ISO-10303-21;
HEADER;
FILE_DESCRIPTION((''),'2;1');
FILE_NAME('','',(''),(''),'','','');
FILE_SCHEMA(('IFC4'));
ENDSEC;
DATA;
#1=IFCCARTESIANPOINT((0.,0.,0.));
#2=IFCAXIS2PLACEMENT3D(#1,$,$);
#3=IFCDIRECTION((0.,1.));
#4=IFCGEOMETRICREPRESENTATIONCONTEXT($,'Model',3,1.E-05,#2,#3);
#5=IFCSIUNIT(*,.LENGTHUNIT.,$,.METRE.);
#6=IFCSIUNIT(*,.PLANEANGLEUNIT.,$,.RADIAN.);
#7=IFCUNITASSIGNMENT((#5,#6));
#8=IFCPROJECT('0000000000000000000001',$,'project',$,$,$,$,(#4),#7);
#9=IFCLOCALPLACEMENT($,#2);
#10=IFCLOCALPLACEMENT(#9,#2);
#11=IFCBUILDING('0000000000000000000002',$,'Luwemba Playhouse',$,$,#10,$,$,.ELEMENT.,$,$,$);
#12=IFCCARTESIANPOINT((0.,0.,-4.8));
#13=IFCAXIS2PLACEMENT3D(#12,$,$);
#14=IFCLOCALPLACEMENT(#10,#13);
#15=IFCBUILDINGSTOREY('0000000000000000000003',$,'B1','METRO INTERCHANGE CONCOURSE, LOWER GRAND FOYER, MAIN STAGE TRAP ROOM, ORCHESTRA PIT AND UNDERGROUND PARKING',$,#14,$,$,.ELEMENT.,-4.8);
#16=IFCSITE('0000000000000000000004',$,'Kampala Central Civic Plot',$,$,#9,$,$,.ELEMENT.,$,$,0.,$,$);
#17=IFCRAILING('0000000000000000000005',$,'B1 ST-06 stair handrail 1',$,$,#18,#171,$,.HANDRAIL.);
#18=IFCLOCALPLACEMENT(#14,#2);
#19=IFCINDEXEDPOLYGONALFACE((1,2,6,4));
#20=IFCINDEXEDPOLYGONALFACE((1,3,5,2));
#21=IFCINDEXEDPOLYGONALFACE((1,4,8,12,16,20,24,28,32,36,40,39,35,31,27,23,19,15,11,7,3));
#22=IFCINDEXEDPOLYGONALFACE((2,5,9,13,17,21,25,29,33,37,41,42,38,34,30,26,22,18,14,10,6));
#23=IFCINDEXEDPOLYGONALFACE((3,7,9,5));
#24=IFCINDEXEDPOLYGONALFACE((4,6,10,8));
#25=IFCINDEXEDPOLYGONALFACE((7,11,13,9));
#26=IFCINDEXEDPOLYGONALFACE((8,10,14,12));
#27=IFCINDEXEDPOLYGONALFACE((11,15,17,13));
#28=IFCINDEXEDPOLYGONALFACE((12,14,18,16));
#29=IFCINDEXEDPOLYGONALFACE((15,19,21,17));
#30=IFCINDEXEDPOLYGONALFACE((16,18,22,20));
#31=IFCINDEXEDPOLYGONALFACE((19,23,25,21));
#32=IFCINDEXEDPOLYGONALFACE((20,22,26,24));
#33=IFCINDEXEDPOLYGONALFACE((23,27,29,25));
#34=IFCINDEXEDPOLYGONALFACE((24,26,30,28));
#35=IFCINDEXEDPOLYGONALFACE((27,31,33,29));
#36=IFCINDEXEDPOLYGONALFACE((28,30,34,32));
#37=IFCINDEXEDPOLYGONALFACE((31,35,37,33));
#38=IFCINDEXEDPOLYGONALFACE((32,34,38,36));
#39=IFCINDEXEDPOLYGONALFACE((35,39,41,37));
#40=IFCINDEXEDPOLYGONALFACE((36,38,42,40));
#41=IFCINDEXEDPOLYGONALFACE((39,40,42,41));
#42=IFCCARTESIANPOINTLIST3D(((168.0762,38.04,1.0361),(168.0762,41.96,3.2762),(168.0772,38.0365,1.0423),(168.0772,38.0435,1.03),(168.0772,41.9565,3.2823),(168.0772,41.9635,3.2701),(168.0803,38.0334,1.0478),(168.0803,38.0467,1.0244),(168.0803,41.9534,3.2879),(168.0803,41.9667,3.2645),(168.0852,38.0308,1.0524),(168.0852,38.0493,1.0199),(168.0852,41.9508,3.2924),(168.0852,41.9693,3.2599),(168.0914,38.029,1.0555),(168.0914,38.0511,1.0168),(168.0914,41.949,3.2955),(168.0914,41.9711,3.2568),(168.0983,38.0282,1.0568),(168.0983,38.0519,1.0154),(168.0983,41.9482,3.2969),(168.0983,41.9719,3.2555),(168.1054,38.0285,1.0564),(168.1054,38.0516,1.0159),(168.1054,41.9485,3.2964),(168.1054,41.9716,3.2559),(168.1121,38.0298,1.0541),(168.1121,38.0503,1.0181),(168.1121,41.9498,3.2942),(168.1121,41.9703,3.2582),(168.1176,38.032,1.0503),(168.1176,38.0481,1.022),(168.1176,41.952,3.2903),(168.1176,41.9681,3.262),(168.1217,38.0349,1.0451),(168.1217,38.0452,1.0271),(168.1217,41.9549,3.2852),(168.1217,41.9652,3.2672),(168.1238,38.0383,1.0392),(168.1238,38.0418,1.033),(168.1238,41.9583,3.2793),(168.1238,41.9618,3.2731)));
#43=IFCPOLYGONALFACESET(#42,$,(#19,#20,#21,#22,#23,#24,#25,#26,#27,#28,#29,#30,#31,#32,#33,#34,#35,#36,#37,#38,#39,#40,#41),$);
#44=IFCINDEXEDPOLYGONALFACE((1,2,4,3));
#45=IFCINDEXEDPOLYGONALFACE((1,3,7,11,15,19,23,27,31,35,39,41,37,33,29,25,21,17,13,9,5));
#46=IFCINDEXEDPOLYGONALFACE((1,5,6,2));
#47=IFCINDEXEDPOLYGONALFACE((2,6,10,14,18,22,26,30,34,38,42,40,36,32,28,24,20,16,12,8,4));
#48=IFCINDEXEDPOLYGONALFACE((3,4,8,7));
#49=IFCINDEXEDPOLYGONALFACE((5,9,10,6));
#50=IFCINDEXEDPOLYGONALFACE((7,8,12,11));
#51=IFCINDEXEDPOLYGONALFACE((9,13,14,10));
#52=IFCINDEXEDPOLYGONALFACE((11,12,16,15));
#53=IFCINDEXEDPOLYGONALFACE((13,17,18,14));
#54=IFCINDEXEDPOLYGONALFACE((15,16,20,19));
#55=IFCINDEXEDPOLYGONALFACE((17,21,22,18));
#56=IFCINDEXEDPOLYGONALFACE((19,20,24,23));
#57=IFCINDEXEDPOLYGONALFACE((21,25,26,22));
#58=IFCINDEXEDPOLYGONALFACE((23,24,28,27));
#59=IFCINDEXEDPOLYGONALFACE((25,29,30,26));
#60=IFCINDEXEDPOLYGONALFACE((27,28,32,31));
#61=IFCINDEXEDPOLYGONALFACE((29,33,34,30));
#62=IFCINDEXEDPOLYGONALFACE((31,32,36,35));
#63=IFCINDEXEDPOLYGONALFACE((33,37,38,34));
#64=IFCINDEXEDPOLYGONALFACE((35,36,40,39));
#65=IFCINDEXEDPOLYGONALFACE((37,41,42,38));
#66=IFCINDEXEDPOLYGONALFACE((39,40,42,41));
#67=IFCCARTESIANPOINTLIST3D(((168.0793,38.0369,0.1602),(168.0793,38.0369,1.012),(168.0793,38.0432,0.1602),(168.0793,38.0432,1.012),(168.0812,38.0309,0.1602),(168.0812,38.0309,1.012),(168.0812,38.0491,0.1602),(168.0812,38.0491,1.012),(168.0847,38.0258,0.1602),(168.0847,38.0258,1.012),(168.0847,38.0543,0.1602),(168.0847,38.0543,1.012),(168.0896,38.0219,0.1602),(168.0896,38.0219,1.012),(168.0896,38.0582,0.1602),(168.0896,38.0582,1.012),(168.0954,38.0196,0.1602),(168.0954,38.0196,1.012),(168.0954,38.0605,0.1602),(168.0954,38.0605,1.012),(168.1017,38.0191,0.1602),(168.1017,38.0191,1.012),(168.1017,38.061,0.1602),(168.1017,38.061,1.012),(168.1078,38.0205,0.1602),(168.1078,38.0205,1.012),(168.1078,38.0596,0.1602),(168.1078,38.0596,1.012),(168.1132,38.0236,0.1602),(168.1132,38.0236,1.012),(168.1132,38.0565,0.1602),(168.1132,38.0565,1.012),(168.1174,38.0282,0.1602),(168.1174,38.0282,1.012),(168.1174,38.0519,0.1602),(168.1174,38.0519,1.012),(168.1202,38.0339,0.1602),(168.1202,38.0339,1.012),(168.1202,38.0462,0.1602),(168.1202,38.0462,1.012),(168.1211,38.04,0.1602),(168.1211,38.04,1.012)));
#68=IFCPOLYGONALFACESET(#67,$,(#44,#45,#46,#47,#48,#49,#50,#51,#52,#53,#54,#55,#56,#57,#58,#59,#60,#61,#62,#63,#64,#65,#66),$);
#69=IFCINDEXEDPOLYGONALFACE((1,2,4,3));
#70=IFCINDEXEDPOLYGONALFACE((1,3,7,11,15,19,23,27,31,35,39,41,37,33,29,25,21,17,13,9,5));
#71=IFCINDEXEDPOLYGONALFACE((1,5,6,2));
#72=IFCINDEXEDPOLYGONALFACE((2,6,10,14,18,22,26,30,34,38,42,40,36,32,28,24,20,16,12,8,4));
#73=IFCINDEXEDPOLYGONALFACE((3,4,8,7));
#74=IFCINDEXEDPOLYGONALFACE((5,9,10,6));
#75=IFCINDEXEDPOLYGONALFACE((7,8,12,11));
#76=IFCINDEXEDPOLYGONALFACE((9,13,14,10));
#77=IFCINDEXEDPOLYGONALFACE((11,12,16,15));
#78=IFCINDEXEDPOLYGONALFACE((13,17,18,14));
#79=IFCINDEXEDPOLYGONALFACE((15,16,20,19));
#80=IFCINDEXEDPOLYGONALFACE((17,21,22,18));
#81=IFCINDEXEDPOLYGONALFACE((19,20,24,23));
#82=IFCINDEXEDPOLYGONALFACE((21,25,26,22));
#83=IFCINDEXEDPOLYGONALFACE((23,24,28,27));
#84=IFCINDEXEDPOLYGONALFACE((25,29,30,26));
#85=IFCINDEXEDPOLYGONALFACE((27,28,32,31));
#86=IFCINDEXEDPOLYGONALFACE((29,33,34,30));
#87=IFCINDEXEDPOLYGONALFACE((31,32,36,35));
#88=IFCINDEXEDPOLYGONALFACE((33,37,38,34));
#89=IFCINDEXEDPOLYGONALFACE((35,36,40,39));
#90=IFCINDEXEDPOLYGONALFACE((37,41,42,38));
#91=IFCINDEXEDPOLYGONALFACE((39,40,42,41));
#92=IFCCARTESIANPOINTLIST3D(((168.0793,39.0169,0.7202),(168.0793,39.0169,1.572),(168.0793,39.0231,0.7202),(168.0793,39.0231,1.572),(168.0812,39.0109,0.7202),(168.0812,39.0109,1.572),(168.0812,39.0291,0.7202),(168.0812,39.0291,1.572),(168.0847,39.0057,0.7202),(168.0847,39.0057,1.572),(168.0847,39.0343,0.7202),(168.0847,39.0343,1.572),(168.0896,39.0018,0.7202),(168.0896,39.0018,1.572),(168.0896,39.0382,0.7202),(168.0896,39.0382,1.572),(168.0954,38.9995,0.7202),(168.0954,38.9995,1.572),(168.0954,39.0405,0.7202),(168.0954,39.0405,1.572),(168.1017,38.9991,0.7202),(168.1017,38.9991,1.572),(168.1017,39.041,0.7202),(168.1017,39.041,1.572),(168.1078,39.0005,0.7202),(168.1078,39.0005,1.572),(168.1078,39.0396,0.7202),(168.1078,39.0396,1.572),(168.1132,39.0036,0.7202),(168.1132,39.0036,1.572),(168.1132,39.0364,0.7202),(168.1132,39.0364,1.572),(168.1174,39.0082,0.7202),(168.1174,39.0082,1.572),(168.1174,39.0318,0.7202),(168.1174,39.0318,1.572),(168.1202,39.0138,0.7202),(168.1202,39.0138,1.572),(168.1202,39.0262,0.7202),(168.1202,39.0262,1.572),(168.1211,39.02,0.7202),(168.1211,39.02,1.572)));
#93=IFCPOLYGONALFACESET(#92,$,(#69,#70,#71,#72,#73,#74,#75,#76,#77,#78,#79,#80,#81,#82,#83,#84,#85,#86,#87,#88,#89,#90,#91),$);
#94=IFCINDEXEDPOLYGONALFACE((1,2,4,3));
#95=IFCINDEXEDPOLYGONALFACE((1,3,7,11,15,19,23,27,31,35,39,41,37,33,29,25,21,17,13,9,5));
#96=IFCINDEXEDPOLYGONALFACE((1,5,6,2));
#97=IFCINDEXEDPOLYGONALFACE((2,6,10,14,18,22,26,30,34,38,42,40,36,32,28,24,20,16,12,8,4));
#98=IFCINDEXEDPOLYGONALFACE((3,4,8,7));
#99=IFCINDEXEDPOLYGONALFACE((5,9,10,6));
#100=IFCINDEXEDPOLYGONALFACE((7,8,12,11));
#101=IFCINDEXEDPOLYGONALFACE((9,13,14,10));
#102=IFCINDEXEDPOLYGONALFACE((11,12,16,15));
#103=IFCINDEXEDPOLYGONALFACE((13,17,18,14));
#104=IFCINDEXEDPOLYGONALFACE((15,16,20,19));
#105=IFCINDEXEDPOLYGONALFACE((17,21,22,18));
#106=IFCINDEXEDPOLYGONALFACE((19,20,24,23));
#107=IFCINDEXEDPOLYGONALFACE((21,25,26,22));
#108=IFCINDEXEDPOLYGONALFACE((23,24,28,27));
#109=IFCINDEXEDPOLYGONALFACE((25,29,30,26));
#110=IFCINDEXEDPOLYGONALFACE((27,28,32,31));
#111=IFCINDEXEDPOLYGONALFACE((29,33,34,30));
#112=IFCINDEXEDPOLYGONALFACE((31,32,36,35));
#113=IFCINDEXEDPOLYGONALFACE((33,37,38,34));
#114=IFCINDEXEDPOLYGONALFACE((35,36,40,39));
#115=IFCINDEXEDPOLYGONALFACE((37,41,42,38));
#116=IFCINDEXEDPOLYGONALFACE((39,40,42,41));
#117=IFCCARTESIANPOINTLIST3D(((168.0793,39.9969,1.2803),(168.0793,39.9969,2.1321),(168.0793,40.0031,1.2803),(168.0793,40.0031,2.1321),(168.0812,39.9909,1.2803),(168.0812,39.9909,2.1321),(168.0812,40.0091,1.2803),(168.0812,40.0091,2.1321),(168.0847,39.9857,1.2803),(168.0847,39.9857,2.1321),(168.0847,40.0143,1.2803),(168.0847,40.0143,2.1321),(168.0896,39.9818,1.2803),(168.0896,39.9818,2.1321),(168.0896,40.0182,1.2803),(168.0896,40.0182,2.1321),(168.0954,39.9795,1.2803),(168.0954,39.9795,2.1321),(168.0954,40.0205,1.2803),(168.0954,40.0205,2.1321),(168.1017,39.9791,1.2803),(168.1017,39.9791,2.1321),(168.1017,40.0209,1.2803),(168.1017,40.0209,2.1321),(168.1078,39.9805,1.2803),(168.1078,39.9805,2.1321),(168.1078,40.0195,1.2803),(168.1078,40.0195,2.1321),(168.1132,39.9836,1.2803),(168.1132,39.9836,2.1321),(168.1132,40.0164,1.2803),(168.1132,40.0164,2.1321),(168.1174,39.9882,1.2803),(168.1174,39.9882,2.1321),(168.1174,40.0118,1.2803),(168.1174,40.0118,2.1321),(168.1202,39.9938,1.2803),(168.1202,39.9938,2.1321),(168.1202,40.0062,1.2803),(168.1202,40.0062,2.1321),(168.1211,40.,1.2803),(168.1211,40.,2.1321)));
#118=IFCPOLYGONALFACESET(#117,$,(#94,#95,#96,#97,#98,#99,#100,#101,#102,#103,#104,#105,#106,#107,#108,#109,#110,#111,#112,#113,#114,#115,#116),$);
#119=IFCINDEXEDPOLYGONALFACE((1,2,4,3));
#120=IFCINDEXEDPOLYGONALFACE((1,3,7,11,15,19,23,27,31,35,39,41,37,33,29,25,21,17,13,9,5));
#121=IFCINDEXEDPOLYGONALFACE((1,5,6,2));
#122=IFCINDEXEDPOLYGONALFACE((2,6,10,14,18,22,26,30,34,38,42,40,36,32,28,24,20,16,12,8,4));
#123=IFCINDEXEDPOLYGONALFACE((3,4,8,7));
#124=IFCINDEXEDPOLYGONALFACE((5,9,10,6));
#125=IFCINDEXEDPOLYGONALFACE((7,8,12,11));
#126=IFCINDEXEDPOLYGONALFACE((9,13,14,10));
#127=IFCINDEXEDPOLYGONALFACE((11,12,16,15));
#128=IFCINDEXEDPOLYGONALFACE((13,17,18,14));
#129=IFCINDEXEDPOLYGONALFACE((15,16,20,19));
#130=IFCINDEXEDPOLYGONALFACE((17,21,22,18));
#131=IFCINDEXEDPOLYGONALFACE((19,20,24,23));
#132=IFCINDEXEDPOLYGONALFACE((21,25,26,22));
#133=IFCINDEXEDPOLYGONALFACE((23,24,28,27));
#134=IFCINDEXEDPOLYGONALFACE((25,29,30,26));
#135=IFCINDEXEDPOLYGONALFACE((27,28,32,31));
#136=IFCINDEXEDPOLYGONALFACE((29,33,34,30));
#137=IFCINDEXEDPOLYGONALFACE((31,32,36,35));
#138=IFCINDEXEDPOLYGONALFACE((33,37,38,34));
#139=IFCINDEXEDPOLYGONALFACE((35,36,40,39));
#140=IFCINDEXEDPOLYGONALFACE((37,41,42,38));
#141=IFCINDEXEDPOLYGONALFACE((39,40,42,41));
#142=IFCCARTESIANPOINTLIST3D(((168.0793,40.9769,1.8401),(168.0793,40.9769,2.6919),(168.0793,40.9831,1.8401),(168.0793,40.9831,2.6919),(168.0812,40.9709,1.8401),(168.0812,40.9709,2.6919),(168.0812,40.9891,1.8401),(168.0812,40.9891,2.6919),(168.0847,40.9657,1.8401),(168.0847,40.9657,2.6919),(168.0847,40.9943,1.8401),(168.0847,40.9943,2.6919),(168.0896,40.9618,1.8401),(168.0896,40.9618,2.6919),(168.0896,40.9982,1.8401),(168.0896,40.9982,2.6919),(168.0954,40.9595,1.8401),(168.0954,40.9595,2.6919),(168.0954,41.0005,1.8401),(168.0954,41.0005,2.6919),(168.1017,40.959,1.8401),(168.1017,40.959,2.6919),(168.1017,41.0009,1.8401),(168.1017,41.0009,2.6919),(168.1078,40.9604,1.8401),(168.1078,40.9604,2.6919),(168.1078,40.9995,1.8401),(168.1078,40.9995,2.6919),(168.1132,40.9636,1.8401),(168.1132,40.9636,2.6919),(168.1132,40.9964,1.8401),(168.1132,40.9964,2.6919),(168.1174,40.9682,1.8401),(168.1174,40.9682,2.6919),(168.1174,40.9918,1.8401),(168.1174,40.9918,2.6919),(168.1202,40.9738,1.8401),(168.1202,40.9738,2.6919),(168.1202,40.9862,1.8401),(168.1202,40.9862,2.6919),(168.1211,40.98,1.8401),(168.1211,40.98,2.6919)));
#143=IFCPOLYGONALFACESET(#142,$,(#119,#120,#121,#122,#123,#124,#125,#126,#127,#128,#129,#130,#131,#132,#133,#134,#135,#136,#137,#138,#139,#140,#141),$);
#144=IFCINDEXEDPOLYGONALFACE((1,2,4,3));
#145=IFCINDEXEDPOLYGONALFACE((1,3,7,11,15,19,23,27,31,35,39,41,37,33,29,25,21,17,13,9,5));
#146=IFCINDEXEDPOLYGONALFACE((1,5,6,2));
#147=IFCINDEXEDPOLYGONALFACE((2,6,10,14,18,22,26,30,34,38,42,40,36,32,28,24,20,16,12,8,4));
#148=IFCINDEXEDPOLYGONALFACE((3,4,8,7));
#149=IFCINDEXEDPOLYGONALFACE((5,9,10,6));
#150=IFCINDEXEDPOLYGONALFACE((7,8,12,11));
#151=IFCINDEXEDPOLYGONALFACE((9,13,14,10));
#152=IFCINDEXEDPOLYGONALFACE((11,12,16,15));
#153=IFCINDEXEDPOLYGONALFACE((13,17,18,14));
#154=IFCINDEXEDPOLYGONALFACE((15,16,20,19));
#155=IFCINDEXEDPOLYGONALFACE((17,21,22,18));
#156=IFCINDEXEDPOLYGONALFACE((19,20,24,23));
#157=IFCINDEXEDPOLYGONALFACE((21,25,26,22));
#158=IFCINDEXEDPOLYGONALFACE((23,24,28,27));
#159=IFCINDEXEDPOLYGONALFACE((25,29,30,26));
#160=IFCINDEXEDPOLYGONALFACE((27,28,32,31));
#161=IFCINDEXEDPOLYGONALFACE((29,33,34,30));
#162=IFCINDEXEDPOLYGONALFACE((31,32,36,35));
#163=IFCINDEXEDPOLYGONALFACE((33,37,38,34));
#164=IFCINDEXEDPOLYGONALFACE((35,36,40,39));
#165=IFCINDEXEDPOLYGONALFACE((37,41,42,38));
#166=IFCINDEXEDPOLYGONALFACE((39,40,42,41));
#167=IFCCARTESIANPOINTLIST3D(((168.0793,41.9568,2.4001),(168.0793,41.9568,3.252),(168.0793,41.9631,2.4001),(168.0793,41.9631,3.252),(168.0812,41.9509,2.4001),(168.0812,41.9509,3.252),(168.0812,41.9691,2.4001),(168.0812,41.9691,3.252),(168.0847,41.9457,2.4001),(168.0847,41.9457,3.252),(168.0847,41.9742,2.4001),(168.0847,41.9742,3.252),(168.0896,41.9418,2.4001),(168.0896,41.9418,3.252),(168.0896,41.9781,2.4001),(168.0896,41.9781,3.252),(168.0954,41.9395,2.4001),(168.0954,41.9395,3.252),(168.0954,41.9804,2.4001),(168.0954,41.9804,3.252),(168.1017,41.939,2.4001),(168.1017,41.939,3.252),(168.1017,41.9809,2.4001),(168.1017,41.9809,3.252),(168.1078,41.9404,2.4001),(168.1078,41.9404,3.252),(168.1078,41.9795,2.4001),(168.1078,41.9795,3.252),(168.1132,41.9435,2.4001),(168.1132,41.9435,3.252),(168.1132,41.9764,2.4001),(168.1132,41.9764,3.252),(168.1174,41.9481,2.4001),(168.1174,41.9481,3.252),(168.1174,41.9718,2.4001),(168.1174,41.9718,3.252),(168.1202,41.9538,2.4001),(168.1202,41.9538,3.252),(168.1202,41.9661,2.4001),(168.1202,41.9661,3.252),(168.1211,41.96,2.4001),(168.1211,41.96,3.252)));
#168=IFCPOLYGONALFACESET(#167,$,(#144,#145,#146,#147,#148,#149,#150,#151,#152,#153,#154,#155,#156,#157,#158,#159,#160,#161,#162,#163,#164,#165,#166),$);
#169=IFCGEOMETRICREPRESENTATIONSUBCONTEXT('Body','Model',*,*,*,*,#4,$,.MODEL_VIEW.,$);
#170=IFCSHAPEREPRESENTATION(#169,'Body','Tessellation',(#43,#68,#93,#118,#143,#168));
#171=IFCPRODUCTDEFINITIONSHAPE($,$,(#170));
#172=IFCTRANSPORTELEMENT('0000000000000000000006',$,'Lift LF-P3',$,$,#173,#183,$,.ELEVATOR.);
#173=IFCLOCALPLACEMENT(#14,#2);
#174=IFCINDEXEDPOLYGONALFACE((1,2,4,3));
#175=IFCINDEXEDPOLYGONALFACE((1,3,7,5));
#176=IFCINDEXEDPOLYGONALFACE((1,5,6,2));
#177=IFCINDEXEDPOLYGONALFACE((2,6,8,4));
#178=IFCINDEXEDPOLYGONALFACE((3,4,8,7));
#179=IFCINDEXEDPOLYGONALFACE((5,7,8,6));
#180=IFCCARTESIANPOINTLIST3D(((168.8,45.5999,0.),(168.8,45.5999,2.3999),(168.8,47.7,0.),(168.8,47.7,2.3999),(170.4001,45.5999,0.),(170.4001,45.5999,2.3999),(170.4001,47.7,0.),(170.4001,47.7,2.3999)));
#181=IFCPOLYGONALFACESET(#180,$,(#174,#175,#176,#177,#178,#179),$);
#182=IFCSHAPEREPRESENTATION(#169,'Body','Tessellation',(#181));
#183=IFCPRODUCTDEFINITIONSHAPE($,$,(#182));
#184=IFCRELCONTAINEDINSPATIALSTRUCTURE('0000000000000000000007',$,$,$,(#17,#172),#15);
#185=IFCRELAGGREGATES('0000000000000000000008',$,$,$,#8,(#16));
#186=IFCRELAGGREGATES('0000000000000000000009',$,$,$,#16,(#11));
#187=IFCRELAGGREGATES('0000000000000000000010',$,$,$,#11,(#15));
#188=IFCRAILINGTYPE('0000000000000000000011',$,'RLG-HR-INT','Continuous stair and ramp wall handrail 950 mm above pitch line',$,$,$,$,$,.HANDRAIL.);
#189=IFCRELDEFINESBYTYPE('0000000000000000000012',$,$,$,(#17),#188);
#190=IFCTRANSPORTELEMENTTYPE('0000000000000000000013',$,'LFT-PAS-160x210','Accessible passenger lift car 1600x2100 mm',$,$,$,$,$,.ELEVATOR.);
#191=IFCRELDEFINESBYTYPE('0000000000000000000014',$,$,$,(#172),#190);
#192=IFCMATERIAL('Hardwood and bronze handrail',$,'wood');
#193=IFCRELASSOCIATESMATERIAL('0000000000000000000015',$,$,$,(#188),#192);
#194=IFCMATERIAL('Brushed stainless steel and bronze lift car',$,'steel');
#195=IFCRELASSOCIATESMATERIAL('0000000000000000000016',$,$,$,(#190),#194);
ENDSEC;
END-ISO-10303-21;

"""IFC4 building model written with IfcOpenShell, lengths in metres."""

from ifc_helpers import new_model, si_unit, direction, frame, origin, origin_2d, place, context, subcontext, project, spatial, rectangle, circle, extrude, material, type_object, element, save


model = new_model("IFC4")

# Units and contexts
model_context = context("Model", 3, precision=1e-05, world=origin(), true_north=direction((0.0, 1.0)))
body_context = subcontext(model_context, "Body", "Model", "MODEL_VIEW")
ifc_project = project(units=[si_unit("LENGTHUNIT", "METRE"), si_unit("PLANEANGLEUNIT", "RADIAN")], contexts=[model_context])

# Site, building, storey
site_placement = place(None, origin())
site = spatial("IfcSite", under=ifc_project, at=site_placement, Name="Kampala Central Civic Plot", CompositionType="ELEMENT", RefElevation=0.0)
building_placement = place(site_placement, origin())
building = spatial("IfcBuilding", under=site, at=building_placement, Name="Luwemba Playhouse", CompositionType="ELEMENT")
storey_placement = place(building_placement, frame((0.0, 0.0, -4.8)))
storey = spatial("IfcBuildingStorey", under=building, at=storey_placement, Name="B1", Description="METRO INTERCHANGE CONCOURSE, LOWER GRAND FOYER, MAIN STAGE TRAP ROOM, ORCHESTRA PIT AND UNDERGROUND PARKING", CompositionType="ELEMENT", Elevation=-4.8)

# Railing
ifc_material_1 = material(Name="Hardwood and bronze handrail", Category="wood")
railing_type_1 = type_object("IfcRailingType", Name="RLG-HR-INT", Description="Continuous stair and ramp wall handrail 950 mm above pitch line", PredefinedType="HANDRAIL", material=ifc_material_1)
railing_1_placement = place(storey_placement, frame((168.1001, 38.04, 0.1602)))
element("IfcRailing", 1, at=railing_1_placement, inside=storey, type_object=railing_type_1, Name="B1 ST-06 stair handrail 1", PredefinedType="HANDRAIL", context=body_context, shape_type="SweptSolid", body=[
    extrude(circle(Radius=0.0239, at=origin_2d()), frame((0.0, 0.0, 0.876), z_axis=(0.0, 0.86824, 0.496145), x_axis=(-1.0, 0.0, 0.0)), (0.0, 0.0, 1.0), 4.5149),
    extrude(circle(Radius=0.021, at=origin_2d()), origin(), (0.0, 0.0, 1.0), 0.8518),
    extrude(circle(Radius=0.021, at=origin_2d()), frame((0.0, 0.98, 0.5601)), (0.0, 0.0, 1.0), 0.8518),
    extrude(circle(Radius=0.021, at=origin_2d()), frame((0.0, 1.96, 1.1201)), (0.0, 0.0, 1.0), 0.8518),
    extrude(circle(Radius=0.021, at=origin_2d()), frame((0.0, 2.9399, 1.6799)), (0.0, 0.0, 1.0), 0.8518),
    extrude(circle(Radius=0.021, at=origin_2d()), frame((0.0, 3.9199, 2.24)), (0.0, 0.0, 1.0), 0.8518),
])

# Transport element
ifc_material_2 = material(Name="Brushed stainless steel and bronze lift car", Category="steel")
transport_element_type = type_object("IfcTransportElementType", Name="LFT-PAS-160x210", Description="Accessible passenger lift car 1600x2100 mm", PredefinedType="ELEVATOR", material=ifc_material_2)
transport_element_placement = place(storey_placement, frame((169.6001, 46.6499, 0.0), z_axis=(0.0, 0.0, 1.0), x_axis=(1.0, 0.0, 0.0)))
element("IfcTransportElement", 2, at=transport_element_placement, inside=storey, type_object=transport_element_type, Name="Lift LF-P3", PredefinedType="ELEVATOR", context=body_context, shape_type="SweptSolid", body=[
    extrude(rectangle(XDim=1.6001, YDim=2.1001, at=origin_2d()), origin(), (0.0, 0.0, 1.0), 2.3999),
])

save(model, "model.ifc")
